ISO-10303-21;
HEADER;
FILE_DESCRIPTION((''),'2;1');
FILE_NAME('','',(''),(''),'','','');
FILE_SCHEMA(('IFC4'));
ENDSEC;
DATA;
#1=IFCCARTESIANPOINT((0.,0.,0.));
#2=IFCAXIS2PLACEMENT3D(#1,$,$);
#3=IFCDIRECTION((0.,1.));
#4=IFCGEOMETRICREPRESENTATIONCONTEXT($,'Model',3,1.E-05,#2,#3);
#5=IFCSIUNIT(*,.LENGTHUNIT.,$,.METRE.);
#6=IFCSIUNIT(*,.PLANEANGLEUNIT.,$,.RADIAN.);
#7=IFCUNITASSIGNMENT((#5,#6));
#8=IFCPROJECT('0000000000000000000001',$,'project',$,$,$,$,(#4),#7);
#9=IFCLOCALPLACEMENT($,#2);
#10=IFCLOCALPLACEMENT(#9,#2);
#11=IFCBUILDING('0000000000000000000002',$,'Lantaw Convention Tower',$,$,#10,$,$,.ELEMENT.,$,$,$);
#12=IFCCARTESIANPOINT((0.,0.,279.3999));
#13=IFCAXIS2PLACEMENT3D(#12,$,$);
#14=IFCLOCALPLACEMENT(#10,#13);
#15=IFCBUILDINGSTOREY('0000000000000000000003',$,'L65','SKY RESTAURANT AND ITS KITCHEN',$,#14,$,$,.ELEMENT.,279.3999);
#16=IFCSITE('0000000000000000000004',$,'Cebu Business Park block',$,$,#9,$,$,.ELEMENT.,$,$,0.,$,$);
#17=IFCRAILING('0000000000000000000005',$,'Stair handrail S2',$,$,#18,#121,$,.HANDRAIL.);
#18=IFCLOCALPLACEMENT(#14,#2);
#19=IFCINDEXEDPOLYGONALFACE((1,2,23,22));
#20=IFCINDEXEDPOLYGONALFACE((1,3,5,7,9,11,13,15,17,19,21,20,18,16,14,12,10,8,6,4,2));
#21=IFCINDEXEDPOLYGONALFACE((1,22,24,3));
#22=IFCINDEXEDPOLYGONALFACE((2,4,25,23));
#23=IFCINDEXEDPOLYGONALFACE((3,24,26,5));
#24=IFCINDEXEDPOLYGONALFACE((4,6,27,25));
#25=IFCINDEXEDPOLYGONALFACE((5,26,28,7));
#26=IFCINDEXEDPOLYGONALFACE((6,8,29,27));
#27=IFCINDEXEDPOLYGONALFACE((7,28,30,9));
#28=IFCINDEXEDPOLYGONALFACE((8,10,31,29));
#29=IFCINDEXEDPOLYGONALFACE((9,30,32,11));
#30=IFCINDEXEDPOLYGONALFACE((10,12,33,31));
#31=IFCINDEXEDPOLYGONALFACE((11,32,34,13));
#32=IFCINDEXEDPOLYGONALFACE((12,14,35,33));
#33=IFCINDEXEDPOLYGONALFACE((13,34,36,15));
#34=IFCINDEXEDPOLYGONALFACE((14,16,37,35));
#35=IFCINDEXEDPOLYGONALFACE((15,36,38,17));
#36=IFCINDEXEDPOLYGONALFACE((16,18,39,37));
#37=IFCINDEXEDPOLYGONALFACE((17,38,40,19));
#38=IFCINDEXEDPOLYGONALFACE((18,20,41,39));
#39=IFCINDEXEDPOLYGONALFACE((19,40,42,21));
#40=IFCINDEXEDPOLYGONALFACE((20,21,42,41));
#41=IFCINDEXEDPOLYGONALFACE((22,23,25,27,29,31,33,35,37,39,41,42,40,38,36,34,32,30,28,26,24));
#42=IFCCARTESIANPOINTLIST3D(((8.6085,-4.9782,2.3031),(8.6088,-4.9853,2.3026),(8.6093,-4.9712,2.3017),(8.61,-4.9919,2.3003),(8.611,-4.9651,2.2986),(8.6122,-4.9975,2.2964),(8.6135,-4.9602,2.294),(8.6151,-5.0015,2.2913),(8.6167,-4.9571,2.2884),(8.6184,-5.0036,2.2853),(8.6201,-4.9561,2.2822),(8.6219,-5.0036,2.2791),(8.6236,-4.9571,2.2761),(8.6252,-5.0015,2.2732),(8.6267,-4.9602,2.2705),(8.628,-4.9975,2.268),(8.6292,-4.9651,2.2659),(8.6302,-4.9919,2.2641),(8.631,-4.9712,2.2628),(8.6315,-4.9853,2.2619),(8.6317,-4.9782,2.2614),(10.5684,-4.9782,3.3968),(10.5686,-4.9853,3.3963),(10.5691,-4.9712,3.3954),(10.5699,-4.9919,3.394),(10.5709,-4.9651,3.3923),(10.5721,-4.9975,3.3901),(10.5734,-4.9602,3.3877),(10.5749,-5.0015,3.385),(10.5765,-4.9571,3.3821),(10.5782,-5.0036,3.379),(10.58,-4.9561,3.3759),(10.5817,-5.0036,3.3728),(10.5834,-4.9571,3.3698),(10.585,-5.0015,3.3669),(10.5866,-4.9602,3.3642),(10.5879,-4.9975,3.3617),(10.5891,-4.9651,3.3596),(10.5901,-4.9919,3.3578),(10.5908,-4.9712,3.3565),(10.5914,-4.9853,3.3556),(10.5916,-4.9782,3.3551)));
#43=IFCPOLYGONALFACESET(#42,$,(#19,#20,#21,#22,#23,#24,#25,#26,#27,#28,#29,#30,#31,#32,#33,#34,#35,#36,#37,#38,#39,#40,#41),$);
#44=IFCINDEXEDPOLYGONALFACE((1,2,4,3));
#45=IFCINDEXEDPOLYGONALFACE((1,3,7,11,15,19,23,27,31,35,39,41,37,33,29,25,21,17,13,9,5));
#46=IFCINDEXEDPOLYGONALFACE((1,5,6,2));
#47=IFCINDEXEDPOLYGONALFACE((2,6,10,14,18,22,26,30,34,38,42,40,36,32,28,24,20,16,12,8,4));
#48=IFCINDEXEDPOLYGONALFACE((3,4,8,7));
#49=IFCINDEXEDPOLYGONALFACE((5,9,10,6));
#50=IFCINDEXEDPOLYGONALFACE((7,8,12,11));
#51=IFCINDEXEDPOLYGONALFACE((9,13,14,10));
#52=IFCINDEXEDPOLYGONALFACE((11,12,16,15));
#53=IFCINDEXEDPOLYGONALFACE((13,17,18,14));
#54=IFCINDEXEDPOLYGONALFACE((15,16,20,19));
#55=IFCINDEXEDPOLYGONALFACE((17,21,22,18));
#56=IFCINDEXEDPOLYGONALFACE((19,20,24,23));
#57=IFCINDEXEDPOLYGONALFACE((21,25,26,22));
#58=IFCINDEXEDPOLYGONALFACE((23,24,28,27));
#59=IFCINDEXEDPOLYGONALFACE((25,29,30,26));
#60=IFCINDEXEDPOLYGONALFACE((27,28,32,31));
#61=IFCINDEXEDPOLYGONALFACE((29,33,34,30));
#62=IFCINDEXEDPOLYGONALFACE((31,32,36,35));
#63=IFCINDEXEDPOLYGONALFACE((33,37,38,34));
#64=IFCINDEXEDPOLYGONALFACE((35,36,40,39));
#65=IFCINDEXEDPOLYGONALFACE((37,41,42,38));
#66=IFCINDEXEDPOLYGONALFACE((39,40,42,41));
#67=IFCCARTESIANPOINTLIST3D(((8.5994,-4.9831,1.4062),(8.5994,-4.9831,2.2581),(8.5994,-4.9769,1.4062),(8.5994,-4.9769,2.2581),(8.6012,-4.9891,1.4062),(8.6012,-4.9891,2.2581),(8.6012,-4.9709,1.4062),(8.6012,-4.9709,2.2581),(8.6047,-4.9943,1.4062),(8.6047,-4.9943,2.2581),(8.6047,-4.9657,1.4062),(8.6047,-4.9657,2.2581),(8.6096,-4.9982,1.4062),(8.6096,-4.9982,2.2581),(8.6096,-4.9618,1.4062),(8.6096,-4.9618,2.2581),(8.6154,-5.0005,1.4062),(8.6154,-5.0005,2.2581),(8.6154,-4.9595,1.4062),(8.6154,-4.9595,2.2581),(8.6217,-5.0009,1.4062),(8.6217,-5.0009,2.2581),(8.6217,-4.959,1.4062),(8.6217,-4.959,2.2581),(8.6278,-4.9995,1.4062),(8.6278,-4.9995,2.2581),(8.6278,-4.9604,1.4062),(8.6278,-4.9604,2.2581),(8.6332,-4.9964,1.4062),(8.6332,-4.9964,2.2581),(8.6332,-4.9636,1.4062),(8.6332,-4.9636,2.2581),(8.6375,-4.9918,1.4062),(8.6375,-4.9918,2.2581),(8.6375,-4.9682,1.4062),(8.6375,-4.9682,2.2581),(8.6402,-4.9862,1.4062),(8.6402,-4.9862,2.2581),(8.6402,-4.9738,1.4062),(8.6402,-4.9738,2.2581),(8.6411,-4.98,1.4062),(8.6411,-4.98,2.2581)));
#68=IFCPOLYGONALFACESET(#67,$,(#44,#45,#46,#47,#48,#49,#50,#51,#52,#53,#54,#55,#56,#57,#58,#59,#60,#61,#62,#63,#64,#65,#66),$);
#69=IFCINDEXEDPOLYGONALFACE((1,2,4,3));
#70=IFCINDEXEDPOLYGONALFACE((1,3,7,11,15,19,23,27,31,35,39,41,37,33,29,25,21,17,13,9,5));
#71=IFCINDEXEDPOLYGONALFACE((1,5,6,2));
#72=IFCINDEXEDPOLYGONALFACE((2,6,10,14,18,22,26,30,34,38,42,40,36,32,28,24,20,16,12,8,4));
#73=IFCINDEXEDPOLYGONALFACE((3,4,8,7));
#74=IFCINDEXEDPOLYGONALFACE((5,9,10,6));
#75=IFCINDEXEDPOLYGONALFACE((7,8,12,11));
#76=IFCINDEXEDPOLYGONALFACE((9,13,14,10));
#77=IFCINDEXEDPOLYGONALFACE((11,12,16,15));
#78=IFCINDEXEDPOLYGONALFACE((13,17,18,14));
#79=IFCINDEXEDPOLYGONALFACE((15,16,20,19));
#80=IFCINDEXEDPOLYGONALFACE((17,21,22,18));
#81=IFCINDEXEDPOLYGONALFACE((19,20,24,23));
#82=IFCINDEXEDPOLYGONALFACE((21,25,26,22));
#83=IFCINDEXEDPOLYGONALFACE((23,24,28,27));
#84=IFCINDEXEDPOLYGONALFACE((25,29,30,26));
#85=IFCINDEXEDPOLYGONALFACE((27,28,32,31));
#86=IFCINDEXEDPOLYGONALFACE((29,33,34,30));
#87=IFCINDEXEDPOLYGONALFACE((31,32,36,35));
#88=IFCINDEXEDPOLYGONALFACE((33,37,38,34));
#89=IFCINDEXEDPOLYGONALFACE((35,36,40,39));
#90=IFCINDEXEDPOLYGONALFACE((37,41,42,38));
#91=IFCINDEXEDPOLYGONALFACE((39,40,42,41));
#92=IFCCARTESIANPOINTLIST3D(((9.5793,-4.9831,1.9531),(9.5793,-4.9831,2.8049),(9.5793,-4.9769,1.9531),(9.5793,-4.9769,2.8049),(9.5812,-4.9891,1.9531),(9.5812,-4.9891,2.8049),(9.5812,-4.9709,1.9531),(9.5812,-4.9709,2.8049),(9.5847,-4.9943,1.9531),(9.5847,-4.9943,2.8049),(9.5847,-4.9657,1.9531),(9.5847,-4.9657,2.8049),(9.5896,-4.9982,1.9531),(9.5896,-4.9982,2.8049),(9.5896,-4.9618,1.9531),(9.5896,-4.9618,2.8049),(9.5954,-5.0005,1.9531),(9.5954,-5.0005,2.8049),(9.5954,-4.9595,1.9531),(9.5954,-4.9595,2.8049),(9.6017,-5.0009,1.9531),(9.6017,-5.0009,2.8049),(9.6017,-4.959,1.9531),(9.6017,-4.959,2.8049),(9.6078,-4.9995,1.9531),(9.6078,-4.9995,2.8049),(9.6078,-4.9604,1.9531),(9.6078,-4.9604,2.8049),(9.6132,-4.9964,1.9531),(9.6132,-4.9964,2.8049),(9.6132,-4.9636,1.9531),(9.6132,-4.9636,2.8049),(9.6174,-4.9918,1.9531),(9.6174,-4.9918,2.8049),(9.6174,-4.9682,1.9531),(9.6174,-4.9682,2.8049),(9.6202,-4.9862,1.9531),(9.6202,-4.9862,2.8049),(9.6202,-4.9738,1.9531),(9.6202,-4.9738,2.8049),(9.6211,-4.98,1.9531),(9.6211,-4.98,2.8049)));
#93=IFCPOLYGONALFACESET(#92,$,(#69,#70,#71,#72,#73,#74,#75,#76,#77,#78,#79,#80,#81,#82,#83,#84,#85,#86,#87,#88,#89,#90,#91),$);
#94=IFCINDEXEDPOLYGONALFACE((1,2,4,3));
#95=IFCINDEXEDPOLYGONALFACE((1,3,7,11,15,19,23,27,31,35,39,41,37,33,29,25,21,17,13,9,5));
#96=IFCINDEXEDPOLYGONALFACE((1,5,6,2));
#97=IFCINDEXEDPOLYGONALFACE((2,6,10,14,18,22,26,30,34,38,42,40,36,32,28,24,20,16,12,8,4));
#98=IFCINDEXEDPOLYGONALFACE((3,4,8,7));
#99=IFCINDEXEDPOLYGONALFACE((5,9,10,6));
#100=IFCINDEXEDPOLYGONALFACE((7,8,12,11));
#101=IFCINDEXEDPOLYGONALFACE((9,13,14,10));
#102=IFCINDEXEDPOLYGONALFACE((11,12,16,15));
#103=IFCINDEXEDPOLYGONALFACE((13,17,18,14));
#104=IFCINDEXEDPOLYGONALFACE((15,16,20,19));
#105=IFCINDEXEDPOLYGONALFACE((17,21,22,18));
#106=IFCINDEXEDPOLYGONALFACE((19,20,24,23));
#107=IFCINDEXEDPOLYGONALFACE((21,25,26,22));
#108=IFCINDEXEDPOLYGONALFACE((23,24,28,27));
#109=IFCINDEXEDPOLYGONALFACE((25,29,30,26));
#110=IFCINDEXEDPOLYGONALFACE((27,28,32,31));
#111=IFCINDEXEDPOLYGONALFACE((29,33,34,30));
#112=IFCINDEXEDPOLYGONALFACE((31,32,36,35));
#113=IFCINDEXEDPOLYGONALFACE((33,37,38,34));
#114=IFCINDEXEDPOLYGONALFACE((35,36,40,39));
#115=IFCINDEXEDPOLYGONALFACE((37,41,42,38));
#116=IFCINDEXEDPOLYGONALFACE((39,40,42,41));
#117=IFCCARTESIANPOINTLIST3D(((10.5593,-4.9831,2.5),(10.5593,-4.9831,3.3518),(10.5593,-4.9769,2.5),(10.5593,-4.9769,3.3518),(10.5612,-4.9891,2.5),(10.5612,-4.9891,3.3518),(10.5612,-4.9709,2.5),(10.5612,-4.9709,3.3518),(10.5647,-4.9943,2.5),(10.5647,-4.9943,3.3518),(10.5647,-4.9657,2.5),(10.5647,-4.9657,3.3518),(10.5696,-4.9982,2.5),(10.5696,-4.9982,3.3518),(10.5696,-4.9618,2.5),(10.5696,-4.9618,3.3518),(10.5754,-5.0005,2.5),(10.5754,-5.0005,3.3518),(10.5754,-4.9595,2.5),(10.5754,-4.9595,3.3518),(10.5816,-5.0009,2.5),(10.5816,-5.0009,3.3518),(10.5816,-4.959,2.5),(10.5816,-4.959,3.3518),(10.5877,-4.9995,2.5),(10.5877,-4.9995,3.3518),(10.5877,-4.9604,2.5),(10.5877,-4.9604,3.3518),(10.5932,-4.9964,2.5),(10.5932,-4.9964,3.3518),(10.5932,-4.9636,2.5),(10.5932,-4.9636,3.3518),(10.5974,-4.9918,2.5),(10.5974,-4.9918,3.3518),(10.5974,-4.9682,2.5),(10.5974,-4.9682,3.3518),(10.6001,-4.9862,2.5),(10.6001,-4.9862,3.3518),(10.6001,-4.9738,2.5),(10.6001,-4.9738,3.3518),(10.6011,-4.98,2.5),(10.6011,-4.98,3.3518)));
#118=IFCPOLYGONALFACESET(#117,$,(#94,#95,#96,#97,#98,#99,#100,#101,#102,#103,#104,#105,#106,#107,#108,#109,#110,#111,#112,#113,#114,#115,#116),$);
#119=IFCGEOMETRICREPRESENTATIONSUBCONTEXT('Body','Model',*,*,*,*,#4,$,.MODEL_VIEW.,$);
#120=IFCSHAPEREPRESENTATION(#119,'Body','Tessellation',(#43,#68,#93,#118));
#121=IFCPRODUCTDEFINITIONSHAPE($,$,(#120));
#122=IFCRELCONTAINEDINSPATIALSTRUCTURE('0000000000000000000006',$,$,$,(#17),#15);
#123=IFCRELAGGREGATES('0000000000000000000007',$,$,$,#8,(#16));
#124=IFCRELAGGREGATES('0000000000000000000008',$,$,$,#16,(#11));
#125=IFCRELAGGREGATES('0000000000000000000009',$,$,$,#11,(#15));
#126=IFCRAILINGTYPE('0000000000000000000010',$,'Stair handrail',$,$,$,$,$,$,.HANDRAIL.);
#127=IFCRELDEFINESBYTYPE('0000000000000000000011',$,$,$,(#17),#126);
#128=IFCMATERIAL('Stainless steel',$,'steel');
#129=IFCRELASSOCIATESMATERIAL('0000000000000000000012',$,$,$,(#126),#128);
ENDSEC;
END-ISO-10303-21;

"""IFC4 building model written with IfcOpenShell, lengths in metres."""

from ifc_helpers import new_model, si_unit, direction, frame, origin, origin_2d, place, context, subcontext, project, spatial, circle, extrude, material, type_object, element, save


model = new_model("IFC4")

# Units and contexts
model_context = context("Model", 3, precision=1e-05, world=origin(), true_north=direction((0.0, 1.0)))
body_context = subcontext(model_context, "Body", "Model", "MODEL_VIEW")
ifc_project = project(units=[si_unit("LENGTHUNIT", "METRE"), si_unit("PLANEANGLEUNIT", "RADIAN")], contexts=[model_context])

# Site, building, storey
site_placement = place(None, origin())
site = spatial("IfcSite", under=ifc_project, at=site_placement, Name="Cebu Business Park block", CompositionType="ELEMENT", RefElevation=0.0)
building_placement = place(site_placement, origin())
building = spatial("IfcBuilding", under=site, at=building_placement, Name="Lantaw Convention Tower", CompositionType="ELEMENT")
storey_placement = place(building_placement, frame((0.0, 0.0, 279.3999)))
storey = spatial("IfcBuildingStorey", under=building, at=storey_placement, Name="L65", Description="SKY RESTAURANT AND ITS KITCHEN", CompositionType="ELEMENT", Elevation=279.3999)

# Railing
ifc_material_1 = material(Name="Stainless steel", Category="steel")
railing_type = type_object("IfcRailingType", Name="Stair handrail", PredefinedType="HANDRAIL", material=ifc_material_1)
railing_1_placement = place(storey_placement, frame((8.6201, -4.98, 1.4062)))
element("IfcRailing", 1, at=railing_1_placement, inside=storey, type_object=railing_type, Name="Stair handrail S2", PredefinedType="HANDRAIL", context=body_context, shape_type="SweptSolid", body=[
    extrude(circle(Radius=0.0239, at=origin_2d()), frame((0.0, 0.0, 0.876), z_axis=(0.873232, 0.0, 0.487304), x_axis=(0.0, 1.0, 0.0)), (0.0, 0.0, 1.0), 2.2444),
    extrude(circle(Radius=0.021, at=origin_2d()), origin(), (0.0, 0.0, 1.0), 0.8518),
    extrude(circle(Radius=0.021, at=origin_2d()), frame((0.98, 0.0, 0.5469)), (0.0, 0.0, 1.0), 0.8518),
    extrude(circle(Radius=0.021, at=origin_2d()), frame((1.96, 0.0, 1.0938)), (0.0, 0.0, 1.0), 0.8518),
])

save(model, "model.ifc")
